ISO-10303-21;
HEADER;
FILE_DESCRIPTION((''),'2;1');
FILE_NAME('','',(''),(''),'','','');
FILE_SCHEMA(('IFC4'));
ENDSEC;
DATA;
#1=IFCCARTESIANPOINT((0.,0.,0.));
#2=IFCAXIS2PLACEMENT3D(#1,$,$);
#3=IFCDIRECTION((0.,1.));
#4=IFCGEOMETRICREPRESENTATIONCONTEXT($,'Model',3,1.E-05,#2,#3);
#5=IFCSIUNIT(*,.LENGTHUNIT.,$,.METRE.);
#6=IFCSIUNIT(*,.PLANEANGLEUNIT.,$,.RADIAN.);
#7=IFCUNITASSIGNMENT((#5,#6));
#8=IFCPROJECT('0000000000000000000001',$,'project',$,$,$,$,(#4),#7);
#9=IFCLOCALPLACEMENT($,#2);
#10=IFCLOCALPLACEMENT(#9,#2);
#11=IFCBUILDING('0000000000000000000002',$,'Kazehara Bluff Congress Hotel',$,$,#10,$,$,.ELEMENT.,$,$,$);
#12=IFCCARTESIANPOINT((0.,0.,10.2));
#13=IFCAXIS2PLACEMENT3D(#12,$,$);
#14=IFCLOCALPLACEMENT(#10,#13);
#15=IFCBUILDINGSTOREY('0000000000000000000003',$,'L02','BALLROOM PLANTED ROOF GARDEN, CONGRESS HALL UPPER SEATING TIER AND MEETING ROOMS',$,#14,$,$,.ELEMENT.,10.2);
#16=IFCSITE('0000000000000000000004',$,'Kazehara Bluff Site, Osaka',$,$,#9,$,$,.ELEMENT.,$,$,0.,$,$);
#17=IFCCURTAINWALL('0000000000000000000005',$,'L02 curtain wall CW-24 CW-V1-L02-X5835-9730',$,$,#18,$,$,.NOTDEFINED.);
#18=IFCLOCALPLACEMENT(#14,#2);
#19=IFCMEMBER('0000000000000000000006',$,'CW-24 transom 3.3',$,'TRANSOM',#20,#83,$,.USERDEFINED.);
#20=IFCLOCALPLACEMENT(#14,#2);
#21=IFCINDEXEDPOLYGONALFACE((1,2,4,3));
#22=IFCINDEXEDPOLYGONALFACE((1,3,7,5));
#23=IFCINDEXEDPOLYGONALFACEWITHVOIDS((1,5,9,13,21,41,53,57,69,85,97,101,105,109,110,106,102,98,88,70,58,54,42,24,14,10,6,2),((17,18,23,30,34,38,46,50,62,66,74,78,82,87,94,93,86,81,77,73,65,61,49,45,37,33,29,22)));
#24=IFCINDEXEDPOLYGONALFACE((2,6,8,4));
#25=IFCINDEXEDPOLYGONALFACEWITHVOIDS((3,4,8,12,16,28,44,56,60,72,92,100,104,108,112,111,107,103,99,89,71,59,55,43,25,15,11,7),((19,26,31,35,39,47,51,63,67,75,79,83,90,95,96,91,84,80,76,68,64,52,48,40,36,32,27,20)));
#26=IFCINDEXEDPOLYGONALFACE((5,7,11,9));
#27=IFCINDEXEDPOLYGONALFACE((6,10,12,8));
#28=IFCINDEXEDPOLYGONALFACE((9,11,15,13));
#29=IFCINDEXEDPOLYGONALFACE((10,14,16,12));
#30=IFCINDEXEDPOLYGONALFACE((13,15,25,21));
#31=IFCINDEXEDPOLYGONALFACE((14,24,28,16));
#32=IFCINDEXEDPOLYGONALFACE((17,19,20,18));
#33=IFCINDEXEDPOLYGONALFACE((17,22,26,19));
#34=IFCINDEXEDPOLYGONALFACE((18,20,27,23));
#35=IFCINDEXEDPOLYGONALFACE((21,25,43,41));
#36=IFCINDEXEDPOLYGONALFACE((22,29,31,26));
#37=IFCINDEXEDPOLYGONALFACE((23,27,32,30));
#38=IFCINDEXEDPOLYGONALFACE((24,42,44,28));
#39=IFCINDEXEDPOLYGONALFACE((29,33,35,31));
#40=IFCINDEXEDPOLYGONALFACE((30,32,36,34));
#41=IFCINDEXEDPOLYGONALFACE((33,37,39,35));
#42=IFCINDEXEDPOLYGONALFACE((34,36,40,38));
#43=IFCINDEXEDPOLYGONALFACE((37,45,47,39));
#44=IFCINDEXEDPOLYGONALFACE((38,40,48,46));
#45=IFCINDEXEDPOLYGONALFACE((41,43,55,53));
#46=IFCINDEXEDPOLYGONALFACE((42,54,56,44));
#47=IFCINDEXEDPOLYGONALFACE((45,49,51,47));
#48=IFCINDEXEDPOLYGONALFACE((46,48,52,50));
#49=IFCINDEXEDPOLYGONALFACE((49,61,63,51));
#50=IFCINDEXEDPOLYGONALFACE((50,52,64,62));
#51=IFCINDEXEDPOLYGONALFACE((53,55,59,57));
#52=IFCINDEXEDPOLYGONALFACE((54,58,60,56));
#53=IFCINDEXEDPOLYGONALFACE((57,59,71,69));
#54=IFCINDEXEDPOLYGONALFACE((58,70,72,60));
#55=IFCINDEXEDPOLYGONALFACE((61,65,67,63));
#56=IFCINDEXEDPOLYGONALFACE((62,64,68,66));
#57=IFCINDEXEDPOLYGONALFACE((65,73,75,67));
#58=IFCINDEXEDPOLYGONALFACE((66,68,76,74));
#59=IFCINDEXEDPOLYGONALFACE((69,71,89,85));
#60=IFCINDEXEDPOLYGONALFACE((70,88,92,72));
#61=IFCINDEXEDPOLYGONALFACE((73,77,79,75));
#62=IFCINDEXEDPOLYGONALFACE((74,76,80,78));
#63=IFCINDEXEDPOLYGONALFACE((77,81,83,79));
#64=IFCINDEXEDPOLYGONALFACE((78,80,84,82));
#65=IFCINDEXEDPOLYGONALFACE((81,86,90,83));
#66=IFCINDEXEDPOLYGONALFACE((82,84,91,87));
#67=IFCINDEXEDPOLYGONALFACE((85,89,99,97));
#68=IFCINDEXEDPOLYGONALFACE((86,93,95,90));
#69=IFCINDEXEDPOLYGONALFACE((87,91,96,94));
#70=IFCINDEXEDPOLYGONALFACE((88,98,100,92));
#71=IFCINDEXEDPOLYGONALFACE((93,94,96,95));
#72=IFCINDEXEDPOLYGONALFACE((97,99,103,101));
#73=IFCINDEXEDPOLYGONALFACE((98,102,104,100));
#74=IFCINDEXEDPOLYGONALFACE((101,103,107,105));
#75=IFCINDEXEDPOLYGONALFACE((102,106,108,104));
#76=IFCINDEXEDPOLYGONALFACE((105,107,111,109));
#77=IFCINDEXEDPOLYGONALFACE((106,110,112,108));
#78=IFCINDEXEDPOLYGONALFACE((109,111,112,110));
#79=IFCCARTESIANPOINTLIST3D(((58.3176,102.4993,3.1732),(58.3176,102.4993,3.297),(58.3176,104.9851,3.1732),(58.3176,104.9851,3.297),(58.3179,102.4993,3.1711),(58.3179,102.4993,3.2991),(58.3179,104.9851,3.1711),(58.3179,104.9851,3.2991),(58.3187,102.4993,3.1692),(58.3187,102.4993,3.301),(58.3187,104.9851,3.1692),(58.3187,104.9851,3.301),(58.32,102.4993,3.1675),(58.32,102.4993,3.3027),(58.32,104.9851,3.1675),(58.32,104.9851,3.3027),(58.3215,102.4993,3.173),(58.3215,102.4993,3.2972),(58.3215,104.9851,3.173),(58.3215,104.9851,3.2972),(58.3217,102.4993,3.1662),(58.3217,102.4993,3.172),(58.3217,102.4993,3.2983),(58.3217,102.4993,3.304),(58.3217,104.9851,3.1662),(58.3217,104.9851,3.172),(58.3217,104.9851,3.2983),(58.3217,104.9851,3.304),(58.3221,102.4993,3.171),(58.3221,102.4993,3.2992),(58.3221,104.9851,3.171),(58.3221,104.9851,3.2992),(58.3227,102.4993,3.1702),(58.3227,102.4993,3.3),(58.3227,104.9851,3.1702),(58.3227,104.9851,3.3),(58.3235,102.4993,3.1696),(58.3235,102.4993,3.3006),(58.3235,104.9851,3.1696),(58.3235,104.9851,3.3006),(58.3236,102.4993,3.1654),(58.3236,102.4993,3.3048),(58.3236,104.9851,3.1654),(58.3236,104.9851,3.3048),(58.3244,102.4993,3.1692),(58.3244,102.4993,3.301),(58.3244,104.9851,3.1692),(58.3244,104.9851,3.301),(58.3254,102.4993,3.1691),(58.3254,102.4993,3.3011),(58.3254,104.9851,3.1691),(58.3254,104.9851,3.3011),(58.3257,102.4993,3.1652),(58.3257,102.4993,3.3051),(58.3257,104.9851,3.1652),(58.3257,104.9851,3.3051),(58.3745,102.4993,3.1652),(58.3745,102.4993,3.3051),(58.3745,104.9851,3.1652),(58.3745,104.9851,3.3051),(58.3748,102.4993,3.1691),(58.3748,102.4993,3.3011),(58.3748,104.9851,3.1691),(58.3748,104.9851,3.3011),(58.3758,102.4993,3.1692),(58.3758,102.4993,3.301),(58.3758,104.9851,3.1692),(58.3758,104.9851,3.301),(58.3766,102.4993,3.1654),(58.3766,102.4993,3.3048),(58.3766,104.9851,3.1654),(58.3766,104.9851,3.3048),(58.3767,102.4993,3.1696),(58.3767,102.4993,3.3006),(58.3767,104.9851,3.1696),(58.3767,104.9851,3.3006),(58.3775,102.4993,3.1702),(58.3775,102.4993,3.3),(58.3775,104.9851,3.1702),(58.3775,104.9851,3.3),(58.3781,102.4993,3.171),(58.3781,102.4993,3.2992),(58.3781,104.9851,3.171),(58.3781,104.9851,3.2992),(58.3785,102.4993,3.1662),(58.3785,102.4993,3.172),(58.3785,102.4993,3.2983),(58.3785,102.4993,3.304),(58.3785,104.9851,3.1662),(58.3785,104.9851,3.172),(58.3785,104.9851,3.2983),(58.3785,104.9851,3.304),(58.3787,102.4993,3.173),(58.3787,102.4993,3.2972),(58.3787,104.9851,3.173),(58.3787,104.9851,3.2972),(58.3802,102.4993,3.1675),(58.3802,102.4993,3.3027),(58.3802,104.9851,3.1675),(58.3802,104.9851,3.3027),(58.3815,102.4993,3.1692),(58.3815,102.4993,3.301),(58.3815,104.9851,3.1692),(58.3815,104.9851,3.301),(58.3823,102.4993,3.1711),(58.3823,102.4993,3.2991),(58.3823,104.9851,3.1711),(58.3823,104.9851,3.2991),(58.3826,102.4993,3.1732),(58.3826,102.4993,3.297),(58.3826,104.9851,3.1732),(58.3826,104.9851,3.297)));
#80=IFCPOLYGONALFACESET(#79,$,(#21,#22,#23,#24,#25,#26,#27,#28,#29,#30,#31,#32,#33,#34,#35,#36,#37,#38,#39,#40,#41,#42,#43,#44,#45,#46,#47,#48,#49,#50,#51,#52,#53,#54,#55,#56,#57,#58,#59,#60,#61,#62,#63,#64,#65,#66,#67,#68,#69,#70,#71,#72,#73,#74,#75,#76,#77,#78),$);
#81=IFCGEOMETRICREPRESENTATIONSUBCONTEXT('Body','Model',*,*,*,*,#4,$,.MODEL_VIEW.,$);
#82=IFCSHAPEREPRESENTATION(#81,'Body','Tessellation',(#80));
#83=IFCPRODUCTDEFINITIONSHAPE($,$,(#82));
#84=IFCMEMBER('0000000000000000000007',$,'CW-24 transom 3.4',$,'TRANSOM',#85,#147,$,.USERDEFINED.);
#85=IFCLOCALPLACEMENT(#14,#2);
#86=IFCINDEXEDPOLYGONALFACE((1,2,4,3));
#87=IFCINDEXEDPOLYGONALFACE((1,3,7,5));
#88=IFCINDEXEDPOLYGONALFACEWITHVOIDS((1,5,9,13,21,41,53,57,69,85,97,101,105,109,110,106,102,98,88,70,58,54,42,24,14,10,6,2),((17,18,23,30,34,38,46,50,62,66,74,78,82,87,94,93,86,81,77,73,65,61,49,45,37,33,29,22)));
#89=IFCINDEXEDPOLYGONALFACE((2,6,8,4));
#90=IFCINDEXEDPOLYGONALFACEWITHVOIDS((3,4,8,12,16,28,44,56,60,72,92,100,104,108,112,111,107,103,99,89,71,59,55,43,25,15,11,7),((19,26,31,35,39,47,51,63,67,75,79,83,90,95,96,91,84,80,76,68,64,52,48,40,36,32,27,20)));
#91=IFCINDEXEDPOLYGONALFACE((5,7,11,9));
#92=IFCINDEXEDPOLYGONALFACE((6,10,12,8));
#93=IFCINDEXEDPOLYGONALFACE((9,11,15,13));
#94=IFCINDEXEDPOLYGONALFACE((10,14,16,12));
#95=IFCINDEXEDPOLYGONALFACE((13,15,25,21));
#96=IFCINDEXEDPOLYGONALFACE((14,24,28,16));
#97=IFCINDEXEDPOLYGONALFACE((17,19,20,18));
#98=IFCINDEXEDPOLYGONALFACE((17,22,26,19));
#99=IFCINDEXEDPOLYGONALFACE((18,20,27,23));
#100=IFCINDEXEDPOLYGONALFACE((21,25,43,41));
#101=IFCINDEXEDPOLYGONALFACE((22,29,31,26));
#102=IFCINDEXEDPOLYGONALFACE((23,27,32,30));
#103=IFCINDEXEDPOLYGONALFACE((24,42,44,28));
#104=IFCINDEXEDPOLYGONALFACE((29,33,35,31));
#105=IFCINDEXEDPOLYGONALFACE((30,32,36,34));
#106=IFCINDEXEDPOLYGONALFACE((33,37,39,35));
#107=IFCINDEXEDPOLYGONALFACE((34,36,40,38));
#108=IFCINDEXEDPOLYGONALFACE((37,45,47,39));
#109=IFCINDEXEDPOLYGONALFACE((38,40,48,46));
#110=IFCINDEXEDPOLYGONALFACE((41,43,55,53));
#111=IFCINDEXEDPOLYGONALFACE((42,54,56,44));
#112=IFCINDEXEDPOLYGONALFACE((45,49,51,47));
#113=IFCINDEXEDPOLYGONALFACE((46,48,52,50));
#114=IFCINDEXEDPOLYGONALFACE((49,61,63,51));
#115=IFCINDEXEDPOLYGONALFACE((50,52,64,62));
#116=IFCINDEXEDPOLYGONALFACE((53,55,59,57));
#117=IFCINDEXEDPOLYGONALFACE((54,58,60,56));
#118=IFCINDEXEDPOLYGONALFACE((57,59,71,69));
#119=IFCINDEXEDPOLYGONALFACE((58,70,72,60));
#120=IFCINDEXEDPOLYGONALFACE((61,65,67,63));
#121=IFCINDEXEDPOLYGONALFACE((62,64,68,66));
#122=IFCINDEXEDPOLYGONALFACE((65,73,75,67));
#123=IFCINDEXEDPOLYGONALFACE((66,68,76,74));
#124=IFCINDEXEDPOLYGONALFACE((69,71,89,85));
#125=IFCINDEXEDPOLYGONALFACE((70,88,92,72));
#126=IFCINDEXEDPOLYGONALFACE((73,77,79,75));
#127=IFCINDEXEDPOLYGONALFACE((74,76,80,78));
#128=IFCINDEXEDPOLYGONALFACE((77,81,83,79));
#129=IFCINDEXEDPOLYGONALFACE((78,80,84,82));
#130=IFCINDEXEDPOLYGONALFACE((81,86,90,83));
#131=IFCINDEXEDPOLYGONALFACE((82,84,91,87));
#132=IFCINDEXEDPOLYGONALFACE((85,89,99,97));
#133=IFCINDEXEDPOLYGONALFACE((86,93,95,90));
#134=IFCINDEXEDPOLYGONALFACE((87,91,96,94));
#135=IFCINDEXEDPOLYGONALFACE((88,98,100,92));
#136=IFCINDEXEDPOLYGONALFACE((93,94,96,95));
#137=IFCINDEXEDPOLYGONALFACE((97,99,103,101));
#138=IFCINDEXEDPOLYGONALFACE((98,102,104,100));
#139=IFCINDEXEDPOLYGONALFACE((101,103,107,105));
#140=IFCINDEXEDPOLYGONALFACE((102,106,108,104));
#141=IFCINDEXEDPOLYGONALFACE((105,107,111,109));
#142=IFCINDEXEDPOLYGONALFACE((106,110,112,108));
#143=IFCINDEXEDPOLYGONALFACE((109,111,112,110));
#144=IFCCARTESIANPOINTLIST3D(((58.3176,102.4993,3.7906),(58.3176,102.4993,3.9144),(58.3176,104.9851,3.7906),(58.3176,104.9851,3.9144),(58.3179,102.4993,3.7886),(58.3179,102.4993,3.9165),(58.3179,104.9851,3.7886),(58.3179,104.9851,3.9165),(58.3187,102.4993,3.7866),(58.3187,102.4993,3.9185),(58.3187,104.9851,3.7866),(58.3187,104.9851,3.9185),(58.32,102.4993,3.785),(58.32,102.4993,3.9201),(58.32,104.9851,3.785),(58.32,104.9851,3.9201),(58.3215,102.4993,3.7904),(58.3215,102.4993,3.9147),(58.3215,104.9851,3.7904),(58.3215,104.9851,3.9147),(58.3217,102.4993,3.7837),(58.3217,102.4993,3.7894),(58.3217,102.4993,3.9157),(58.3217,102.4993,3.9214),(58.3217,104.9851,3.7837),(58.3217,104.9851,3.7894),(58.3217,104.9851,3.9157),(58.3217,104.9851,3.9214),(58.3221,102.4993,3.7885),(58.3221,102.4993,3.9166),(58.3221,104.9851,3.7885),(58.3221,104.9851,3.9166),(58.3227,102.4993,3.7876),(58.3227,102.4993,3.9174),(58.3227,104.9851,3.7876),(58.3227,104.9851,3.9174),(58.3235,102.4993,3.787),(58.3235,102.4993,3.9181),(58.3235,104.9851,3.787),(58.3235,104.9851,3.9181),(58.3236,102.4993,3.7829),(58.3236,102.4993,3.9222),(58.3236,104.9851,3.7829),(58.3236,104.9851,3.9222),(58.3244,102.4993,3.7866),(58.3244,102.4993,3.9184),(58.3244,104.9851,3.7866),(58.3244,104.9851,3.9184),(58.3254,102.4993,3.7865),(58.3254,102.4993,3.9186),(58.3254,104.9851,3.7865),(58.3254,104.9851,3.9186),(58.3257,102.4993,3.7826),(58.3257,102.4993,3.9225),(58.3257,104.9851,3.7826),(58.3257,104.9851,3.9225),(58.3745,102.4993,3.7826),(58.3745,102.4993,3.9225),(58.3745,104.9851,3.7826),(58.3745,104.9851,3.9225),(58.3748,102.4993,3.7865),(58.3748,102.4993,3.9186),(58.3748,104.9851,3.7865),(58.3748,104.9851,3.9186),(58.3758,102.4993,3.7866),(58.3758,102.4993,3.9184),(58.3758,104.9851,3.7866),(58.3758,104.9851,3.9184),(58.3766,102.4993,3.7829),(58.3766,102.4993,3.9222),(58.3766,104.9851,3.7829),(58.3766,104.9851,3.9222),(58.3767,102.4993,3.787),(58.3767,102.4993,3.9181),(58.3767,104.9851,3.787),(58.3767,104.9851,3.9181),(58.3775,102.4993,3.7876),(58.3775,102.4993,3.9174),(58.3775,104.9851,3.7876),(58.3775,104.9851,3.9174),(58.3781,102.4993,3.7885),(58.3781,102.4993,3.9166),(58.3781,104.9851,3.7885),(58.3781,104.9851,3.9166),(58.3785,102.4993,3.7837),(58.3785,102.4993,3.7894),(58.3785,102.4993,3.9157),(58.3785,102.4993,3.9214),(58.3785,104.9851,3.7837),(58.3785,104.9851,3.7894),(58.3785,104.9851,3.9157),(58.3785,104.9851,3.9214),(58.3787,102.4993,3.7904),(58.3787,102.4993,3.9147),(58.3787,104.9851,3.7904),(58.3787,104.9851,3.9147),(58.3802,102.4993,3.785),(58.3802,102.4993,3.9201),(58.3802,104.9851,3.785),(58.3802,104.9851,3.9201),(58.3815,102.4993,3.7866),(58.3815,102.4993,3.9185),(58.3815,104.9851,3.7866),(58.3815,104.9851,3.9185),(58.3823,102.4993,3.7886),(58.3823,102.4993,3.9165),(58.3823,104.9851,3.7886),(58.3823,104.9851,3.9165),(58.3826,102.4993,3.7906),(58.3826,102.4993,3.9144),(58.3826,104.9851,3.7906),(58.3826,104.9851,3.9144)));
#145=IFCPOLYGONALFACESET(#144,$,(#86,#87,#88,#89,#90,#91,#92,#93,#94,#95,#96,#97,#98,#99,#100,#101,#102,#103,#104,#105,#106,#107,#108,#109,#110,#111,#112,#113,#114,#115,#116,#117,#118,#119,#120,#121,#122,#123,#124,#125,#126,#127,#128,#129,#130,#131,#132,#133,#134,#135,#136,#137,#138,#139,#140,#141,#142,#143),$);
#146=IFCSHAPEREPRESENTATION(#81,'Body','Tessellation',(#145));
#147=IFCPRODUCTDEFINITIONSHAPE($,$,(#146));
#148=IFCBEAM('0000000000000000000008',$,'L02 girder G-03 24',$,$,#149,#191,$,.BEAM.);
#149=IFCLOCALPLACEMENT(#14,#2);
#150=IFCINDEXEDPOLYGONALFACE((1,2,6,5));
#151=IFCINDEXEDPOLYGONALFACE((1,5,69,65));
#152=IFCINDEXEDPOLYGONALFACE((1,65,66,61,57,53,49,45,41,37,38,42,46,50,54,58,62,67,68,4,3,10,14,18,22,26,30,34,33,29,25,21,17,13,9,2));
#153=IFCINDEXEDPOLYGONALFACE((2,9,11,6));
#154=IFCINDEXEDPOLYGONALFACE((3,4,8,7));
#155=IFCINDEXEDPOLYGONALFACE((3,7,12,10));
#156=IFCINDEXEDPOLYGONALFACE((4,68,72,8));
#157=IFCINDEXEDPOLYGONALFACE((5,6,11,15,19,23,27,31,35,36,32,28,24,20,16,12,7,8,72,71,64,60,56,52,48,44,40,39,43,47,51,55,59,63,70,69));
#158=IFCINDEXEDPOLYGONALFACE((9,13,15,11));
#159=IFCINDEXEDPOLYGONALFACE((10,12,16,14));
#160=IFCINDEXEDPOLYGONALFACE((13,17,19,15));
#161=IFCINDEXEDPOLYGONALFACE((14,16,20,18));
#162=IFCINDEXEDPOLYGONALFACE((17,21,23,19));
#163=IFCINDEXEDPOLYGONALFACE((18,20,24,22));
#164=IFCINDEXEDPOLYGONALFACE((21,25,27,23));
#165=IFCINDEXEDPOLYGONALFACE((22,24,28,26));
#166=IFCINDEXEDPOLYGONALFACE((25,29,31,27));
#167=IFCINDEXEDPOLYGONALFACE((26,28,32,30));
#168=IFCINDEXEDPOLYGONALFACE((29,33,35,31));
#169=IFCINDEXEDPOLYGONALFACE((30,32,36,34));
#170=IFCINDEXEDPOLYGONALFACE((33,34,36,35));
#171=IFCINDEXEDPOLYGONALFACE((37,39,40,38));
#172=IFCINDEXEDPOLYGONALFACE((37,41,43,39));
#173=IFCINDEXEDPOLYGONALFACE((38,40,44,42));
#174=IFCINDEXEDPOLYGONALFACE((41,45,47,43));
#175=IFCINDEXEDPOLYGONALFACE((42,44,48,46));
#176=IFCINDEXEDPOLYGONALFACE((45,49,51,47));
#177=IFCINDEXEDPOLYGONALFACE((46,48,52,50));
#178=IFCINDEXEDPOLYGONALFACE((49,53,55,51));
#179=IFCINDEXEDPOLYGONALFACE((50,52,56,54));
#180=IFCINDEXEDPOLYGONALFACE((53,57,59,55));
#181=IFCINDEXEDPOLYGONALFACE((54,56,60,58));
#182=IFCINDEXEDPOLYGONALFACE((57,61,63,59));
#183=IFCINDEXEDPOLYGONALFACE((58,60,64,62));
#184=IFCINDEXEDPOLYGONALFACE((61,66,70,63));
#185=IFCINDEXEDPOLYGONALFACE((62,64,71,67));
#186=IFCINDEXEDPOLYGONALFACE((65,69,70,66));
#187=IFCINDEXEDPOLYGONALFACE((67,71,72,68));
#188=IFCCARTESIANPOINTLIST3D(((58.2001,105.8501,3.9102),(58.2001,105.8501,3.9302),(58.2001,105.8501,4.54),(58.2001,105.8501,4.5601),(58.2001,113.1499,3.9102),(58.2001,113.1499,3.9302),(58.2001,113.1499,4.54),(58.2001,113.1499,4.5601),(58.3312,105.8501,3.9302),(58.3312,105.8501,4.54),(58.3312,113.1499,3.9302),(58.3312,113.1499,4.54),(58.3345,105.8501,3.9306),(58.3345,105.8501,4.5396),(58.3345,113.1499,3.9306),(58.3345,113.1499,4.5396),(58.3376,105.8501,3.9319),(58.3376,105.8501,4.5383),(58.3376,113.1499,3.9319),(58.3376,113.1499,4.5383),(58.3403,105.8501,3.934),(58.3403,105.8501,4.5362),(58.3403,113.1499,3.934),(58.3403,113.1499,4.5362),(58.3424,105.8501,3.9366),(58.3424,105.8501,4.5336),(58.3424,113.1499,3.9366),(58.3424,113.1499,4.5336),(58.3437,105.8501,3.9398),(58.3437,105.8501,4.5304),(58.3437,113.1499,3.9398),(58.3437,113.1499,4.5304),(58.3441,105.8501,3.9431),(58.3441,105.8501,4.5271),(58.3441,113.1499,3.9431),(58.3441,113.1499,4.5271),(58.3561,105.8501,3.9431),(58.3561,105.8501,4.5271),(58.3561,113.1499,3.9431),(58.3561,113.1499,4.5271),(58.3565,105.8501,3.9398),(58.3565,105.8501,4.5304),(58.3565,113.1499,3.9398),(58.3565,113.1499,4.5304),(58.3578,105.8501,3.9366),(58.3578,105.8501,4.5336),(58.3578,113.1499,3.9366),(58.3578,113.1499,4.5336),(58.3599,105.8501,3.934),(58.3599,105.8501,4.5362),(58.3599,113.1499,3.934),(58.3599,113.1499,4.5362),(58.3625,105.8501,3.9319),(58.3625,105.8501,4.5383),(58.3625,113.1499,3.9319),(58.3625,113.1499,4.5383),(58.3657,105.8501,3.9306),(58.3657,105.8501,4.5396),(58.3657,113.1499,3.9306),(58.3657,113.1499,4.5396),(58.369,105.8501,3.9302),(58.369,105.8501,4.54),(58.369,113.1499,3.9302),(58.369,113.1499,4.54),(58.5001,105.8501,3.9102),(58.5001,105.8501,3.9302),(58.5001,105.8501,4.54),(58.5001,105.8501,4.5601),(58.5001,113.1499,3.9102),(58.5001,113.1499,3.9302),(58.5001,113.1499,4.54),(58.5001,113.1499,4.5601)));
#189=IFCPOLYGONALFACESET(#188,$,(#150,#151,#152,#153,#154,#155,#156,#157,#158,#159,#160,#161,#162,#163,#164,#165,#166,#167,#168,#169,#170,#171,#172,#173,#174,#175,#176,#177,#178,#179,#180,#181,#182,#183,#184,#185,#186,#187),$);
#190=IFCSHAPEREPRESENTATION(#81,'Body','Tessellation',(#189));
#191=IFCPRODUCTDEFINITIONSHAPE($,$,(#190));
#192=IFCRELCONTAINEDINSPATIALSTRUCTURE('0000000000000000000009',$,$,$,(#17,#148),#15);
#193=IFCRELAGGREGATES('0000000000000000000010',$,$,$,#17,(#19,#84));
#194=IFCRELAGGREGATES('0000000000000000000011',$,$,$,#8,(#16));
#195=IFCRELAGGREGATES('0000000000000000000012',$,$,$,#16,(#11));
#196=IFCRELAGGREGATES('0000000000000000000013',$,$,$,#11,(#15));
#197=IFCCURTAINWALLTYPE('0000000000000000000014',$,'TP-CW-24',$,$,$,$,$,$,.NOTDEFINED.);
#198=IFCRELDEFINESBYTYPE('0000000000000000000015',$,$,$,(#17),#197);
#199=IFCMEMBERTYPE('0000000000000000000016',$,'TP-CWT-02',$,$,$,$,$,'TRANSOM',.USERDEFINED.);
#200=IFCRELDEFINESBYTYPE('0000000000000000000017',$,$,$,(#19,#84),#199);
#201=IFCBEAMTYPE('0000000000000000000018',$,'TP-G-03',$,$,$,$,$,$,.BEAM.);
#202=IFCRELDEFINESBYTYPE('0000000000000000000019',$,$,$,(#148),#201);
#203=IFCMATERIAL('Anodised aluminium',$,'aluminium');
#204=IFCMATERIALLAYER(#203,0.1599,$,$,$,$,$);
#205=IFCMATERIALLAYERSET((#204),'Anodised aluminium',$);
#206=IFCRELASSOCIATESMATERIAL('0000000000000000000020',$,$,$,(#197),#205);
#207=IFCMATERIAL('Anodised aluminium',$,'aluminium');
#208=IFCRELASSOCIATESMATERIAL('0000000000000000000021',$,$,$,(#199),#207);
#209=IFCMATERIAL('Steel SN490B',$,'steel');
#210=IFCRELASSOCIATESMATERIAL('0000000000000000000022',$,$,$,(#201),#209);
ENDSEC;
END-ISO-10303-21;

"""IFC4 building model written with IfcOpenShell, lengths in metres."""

from ifc_helpers import new_model, si_unit, direction, frame, origin, origin_2d, place, context, subcontext, project, spatial, hollow_rectangle, i_section, extrude, material, layer, layer_set, material_profile, profile_set, type_object, element, aggregate, save


model = new_model("IFC4")

# Units and contexts
model_context = context("Model", 3, precision=1e-05, world=origin(), true_north=direction((0.0, 1.0)))
body_context = subcontext(model_context, "Body", "Model", "MODEL_VIEW")
ifc_project = project(units=[si_unit("LENGTHUNIT", "METRE"), si_unit("PLANEANGLEUNIT", "RADIAN")], contexts=[model_context])

# Site, building, storey
site_placement = place(None, origin())
site = spatial("IfcSite", under=ifc_project, at=site_placement, Name="Kazehara Bluff Site, Osaka", CompositionType="ELEMENT", RefElevation=0.0)
building_placement = place(site_placement, origin())
building = spatial("IfcBuilding", under=site, at=building_placement, Name="Kazehara Bluff Congress Hotel", CompositionType="ELEMENT")
storey_placement = place(building_placement, frame((0.0, 0.0, 10.2)))
storey = spatial("IfcBuildingStorey", under=building, at=storey_placement, Name="L02", Description="BALLROOM PLANTED ROOF GARDEN, CONGRESS HALL UPPER SEATING TIER AND MEETING ROOMS", CompositionType="ELEMENT", Elevation=10.2)

# Curtain wall
ifc_material_1 = material(Name="Anodised aluminium", Category="aluminium")
ifc_layer_1 = layer(ifc_material_1, 0.1599)
ifc_layer_set_1 = layer_set([ifc_layer_1], Name="Anodised aluminium")
curtain_wall_type_1 = type_object("IfcCurtainWallType", Name="TP-CW-24", PredefinedType="NOTDEFINED", material=ifc_layer_set_1)
curtain_wall_1_placement = place(storey_placement, origin())
curtain_wall_1 = element("IfcCurtainWall", 1, at=curtain_wall_1_placement, inside=storey, type_object=curtain_wall_type_1, Name="L02 curtain wall CW-24 CW-V1-L02-X5835-9730", PredefinedType="NOTDEFINED")

# Members
ifc_material_2 = material(Name="Anodised aluminium", Category="aluminium")
ifc_material_profile_1 = material_profile(ifc_material_2, hollow_rectangle(XDim=0.0649, YDim=0.1399, WallThickness=0.0039, InnerFilletRadius=0.0039, OuterFilletRadius=0.0081, at=origin_2d()))
ifc_profile_set_1 = profile_set([ifc_material_profile_1], Name="Anodised aluminium")
member_type_1 = type_object("IfcMemberType", Name="TP-CWT-02", ElementType="TRANSOM", PredefinedType="USERDEFINED", material=ifc_profile_set_1)
member_1_placement = place(storey_placement, frame((58.3501, 102.4993, 3.2351), z_axis=(0.0, 1.0, 0.0), x_axis=(-1.0, 0.0, 0.0)))
member_1 = element("IfcMember", 2, at=member_1_placement, type_object=member_type_1, Name="CW-24 transom 3.3", ObjectType="TRANSOM", PredefinedType="USERDEFINED", context=body_context, shape_type="SweptSolid", body=[
    extrude(hollow_rectangle(XDim=0.0649, YDim=0.1399, WallThickness=0.0039, InnerFilletRadius=0.0039, OuterFilletRadius=0.0081, at=origin_2d()), origin(), (0.0, 0.0, 1.0), 2.4858),
])
member_2_placement = place(storey_placement, frame((58.3501, 102.4993, 3.8525), z_axis=(0.0, 1.0, 0.0), x_axis=(-1.0, 0.0, 0.0)))
member_2 = element("IfcMember", 3, at=member_2_placement, type_object=member_type_1, Name="CW-24 transom 3.4", ObjectType="TRANSOM", PredefinedType="USERDEFINED", context=body_context, shape_type="SweptSolid", body=[
    extrude(hollow_rectangle(XDim=0.0649, YDim=0.1399, WallThickness=0.0039, InnerFilletRadius=0.0039, OuterFilletRadius=0.0081, at=origin_2d()), origin(), (0.0, 0.0, 1.0), 2.4858),
])

# Beam
ifc_material_3 = material(Name="Steel SN490B", Category="steel")
ifc_material_profile_2 = material_profile(ifc_material_3, i_section(OverallWidth=0.3, OverallDepth=0.6499, WebThickness=0.012, FlangeThickness=0.02, FilletRadius=0.0129, at=origin_2d()))
ifc_profile_set_2 = profile_set([ifc_material_profile_2], Name="Steel SN490B")
beam_type = type_object("IfcBeamType", Name="TP-G-03", PredefinedType="BEAM", material=ifc_profile_set_2)
beam_placement = place(storey_placement, frame((58.3501, 105.8501, 4.2351), z_axis=(0.0, 1.0, 0.0), x_axis=(-1.0, 0.0, 0.0)))
element("IfcBeam", 4, at=beam_placement, inside=storey, type_object=beam_type, Name="L02 girder G-03 24", PredefinedType="BEAM", context=body_context, shape_type="SweptSolid", body=[
    extrude(i_section(OverallWidth=0.3, OverallDepth=0.6499, WebThickness=0.012, FlangeThickness=0.02, FilletRadius=0.0129, at=origin_2d()), origin(), (0.0, 0.0, 1.0), 7.2998),
])

aggregate(curtain_wall_1, [member_1, member_2])

save(model, "model.ifc")
